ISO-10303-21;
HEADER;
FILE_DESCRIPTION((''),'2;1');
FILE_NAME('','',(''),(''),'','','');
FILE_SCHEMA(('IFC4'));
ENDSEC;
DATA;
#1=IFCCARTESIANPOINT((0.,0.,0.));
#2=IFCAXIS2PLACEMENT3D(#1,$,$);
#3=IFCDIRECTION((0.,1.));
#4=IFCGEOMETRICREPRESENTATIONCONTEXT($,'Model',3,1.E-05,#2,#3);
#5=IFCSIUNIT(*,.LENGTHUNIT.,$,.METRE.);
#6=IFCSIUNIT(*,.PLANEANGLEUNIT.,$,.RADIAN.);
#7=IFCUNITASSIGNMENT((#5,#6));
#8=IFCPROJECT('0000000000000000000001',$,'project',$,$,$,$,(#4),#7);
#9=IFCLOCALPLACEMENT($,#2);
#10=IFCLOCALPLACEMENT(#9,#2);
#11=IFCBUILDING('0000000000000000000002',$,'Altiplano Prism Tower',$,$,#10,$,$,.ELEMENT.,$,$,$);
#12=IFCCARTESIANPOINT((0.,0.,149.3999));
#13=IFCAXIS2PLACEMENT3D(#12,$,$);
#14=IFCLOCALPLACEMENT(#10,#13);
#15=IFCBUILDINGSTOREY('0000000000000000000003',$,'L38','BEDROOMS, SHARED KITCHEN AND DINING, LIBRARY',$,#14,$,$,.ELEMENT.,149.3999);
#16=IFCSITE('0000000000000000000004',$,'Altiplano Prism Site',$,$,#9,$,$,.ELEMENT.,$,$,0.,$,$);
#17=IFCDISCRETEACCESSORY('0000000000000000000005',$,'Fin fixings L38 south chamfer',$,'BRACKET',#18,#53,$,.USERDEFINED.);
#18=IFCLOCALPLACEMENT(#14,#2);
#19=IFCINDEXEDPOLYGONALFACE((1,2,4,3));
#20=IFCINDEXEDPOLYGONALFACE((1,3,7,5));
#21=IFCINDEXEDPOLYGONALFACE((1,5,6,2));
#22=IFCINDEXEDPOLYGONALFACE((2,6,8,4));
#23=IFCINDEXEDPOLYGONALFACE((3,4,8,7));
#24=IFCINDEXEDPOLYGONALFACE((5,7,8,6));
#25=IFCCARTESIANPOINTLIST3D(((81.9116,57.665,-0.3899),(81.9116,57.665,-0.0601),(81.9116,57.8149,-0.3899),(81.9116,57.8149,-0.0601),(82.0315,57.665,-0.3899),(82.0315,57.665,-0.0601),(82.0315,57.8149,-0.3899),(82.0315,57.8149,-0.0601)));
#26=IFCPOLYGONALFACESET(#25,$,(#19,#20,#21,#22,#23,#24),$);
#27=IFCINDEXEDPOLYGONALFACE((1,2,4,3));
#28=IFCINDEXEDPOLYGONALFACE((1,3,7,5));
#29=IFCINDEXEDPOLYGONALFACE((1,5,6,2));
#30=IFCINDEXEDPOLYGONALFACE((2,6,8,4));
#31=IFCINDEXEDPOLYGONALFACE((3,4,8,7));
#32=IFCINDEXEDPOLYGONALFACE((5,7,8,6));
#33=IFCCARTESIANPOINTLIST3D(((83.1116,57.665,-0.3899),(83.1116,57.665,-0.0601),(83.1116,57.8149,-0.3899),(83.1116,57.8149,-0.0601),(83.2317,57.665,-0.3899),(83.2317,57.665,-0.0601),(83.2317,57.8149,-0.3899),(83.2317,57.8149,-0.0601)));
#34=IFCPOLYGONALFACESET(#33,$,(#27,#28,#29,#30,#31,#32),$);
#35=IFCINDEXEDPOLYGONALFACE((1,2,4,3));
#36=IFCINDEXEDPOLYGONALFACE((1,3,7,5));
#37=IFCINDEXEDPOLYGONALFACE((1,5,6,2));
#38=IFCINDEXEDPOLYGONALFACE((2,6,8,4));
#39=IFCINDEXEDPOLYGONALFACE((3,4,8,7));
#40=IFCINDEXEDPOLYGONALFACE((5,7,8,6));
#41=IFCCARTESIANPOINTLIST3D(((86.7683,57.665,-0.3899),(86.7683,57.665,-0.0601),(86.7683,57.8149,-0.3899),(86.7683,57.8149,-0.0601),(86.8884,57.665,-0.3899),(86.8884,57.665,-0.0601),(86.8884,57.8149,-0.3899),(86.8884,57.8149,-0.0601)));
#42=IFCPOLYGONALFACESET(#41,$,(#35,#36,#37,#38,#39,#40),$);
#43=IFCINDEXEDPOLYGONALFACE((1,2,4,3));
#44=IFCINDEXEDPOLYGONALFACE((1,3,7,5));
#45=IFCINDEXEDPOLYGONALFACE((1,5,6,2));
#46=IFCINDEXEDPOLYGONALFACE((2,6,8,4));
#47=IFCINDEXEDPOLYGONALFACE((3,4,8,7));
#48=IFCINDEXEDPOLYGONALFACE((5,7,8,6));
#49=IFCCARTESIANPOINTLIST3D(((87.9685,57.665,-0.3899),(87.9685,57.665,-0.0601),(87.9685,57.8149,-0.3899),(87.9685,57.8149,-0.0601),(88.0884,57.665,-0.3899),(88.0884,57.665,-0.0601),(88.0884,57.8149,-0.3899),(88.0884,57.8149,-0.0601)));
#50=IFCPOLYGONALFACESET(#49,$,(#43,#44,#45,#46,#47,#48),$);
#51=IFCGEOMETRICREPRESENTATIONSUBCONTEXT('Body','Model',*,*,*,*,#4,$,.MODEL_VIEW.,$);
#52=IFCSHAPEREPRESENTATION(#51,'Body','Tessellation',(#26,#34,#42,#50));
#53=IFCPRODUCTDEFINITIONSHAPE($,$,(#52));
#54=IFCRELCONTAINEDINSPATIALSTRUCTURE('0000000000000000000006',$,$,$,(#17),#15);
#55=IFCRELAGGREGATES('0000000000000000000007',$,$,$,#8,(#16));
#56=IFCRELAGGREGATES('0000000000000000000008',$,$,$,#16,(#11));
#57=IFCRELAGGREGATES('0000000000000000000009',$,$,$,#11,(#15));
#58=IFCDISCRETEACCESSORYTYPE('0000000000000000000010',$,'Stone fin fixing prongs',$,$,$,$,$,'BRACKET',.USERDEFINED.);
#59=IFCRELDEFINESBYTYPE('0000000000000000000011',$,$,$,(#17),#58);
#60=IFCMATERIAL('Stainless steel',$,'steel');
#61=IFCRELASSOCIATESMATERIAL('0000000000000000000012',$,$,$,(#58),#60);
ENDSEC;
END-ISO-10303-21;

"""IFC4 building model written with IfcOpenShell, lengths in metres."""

from ifc_helpers import new_model, si_unit, direction, frame, origin, place, context, subcontext, project, spatial, polyline, outline, extrude, source, transform, mapped, material, type_object, element, save


model = new_model("IFC4")

# Units and contexts
model_context = context("Model", 3, precision=1e-05, world=origin(), true_north=direction((0.0, 1.0)))
body_context = subcontext(model_context, "Body", "Model", "MODEL_VIEW")
ifc_project = project(units=[si_unit("LENGTHUNIT", "METRE"), si_unit("PLANEANGLEUNIT", "RADIAN")], contexts=[model_context])

# Site, building, storey
site_placement = place(None, origin())
site = spatial("IfcSite", under=ifc_project, at=site_placement, Name="Altiplano Prism Site", CompositionType="ELEMENT", RefElevation=0.0)
building_placement = place(site_placement, origin())
building = spatial("IfcBuilding", under=site, at=building_placement, Name="Altiplano Prism Tower", CompositionType="ELEMENT")
storey_placement = place(building_placement, frame((0.0, 0.0, 149.3999)))
storey = spatial("IfcBuildingStorey", under=building, at=storey_placement, Name="L38", Description="BEDROOMS, SHARED KITCHEN AND DINING, LIBRARY", CompositionType="ELEMENT", Elevation=149.3999)

# Discrete accessory
ifc_material_1 = material(Name="Stainless steel", Category="steel")
discrete_accessory_type = type_object("IfcDiscreteAccessoryType", Name="Stone fin fixing prongs", ElementType="BRACKET", PredefinedType="USERDEFINED", material=ifc_material_1)
shared_shape_1 = source(origin(), body_context, "Body", "SweptSolid", [
    extrude(outline(polyline([(-3.0884, 0.0601), (-2.9685, 0.0601), (-2.9685, 0.3899), (-3.0884, 0.3899), (-3.0884, 0.0601)])), frame((0.0, 0.0, 0.0), z_axis=(0.0, -1.0, 0.0), x_axis=(1.0, 0.0, 0.0)), (0.0, 0.0, 1.0), 0.1499),
    extrude(outline(polyline([(-1.8884, 0.0601), (-1.7683, 0.0601), (-1.7683, 0.3899), (-1.8884, 0.3899), (-1.8884, 0.0601)])), frame((0.0, 0.0, 0.0), z_axis=(0.0, -1.0, 0.0), x_axis=(1.0, 0.0, 0.0)), (0.0, 0.0, 1.0), 0.1499),
    extrude(outline(polyline([(1.7683, 0.0601), (1.8884, 0.0601), (1.8884, 0.3899), (1.7683, 0.3899), (1.7683, 0.0601)])), frame((0.0, 0.0, 0.0), z_axis=(0.0, -1.0, 0.0), x_axis=(1.0, 0.0, 0.0)), (0.0, 0.0, 1.0), 0.1499),
    extrude(outline(polyline([(2.9685, 0.0601), (3.0884, 0.0601), (3.0884, 0.3899), (2.9685, 0.3899), (2.9685, 0.0601)])), frame((0.0, 0.0, 0.0), z_axis=(0.0, -1.0, 0.0), x_axis=(1.0, 0.0, 0.0)), (0.0, 0.0, 1.0), 0.1499),
])
discrete_accessory_1_placement = place(storey_placement, origin())
element("IfcDiscreteAccessory", 1, at=discrete_accessory_1_placement, inside=storey, type_object=discrete_accessory_type, Name="Fin fixings L38 south chamfer", ObjectType="BRACKET", PredefinedType="USERDEFINED", context=body_context, shape_type="MappedRepresentation", body=[
    mapped(shared_shape_1, transform((85.0, 57.8149, -0.45), x_axis=(1.0, 0.0, 0.0), y_axis=(0.0, 1.0, 0.0), z_axis=(0.0, 0.0, 1.0))),
])

save(model, "model.ifc")
